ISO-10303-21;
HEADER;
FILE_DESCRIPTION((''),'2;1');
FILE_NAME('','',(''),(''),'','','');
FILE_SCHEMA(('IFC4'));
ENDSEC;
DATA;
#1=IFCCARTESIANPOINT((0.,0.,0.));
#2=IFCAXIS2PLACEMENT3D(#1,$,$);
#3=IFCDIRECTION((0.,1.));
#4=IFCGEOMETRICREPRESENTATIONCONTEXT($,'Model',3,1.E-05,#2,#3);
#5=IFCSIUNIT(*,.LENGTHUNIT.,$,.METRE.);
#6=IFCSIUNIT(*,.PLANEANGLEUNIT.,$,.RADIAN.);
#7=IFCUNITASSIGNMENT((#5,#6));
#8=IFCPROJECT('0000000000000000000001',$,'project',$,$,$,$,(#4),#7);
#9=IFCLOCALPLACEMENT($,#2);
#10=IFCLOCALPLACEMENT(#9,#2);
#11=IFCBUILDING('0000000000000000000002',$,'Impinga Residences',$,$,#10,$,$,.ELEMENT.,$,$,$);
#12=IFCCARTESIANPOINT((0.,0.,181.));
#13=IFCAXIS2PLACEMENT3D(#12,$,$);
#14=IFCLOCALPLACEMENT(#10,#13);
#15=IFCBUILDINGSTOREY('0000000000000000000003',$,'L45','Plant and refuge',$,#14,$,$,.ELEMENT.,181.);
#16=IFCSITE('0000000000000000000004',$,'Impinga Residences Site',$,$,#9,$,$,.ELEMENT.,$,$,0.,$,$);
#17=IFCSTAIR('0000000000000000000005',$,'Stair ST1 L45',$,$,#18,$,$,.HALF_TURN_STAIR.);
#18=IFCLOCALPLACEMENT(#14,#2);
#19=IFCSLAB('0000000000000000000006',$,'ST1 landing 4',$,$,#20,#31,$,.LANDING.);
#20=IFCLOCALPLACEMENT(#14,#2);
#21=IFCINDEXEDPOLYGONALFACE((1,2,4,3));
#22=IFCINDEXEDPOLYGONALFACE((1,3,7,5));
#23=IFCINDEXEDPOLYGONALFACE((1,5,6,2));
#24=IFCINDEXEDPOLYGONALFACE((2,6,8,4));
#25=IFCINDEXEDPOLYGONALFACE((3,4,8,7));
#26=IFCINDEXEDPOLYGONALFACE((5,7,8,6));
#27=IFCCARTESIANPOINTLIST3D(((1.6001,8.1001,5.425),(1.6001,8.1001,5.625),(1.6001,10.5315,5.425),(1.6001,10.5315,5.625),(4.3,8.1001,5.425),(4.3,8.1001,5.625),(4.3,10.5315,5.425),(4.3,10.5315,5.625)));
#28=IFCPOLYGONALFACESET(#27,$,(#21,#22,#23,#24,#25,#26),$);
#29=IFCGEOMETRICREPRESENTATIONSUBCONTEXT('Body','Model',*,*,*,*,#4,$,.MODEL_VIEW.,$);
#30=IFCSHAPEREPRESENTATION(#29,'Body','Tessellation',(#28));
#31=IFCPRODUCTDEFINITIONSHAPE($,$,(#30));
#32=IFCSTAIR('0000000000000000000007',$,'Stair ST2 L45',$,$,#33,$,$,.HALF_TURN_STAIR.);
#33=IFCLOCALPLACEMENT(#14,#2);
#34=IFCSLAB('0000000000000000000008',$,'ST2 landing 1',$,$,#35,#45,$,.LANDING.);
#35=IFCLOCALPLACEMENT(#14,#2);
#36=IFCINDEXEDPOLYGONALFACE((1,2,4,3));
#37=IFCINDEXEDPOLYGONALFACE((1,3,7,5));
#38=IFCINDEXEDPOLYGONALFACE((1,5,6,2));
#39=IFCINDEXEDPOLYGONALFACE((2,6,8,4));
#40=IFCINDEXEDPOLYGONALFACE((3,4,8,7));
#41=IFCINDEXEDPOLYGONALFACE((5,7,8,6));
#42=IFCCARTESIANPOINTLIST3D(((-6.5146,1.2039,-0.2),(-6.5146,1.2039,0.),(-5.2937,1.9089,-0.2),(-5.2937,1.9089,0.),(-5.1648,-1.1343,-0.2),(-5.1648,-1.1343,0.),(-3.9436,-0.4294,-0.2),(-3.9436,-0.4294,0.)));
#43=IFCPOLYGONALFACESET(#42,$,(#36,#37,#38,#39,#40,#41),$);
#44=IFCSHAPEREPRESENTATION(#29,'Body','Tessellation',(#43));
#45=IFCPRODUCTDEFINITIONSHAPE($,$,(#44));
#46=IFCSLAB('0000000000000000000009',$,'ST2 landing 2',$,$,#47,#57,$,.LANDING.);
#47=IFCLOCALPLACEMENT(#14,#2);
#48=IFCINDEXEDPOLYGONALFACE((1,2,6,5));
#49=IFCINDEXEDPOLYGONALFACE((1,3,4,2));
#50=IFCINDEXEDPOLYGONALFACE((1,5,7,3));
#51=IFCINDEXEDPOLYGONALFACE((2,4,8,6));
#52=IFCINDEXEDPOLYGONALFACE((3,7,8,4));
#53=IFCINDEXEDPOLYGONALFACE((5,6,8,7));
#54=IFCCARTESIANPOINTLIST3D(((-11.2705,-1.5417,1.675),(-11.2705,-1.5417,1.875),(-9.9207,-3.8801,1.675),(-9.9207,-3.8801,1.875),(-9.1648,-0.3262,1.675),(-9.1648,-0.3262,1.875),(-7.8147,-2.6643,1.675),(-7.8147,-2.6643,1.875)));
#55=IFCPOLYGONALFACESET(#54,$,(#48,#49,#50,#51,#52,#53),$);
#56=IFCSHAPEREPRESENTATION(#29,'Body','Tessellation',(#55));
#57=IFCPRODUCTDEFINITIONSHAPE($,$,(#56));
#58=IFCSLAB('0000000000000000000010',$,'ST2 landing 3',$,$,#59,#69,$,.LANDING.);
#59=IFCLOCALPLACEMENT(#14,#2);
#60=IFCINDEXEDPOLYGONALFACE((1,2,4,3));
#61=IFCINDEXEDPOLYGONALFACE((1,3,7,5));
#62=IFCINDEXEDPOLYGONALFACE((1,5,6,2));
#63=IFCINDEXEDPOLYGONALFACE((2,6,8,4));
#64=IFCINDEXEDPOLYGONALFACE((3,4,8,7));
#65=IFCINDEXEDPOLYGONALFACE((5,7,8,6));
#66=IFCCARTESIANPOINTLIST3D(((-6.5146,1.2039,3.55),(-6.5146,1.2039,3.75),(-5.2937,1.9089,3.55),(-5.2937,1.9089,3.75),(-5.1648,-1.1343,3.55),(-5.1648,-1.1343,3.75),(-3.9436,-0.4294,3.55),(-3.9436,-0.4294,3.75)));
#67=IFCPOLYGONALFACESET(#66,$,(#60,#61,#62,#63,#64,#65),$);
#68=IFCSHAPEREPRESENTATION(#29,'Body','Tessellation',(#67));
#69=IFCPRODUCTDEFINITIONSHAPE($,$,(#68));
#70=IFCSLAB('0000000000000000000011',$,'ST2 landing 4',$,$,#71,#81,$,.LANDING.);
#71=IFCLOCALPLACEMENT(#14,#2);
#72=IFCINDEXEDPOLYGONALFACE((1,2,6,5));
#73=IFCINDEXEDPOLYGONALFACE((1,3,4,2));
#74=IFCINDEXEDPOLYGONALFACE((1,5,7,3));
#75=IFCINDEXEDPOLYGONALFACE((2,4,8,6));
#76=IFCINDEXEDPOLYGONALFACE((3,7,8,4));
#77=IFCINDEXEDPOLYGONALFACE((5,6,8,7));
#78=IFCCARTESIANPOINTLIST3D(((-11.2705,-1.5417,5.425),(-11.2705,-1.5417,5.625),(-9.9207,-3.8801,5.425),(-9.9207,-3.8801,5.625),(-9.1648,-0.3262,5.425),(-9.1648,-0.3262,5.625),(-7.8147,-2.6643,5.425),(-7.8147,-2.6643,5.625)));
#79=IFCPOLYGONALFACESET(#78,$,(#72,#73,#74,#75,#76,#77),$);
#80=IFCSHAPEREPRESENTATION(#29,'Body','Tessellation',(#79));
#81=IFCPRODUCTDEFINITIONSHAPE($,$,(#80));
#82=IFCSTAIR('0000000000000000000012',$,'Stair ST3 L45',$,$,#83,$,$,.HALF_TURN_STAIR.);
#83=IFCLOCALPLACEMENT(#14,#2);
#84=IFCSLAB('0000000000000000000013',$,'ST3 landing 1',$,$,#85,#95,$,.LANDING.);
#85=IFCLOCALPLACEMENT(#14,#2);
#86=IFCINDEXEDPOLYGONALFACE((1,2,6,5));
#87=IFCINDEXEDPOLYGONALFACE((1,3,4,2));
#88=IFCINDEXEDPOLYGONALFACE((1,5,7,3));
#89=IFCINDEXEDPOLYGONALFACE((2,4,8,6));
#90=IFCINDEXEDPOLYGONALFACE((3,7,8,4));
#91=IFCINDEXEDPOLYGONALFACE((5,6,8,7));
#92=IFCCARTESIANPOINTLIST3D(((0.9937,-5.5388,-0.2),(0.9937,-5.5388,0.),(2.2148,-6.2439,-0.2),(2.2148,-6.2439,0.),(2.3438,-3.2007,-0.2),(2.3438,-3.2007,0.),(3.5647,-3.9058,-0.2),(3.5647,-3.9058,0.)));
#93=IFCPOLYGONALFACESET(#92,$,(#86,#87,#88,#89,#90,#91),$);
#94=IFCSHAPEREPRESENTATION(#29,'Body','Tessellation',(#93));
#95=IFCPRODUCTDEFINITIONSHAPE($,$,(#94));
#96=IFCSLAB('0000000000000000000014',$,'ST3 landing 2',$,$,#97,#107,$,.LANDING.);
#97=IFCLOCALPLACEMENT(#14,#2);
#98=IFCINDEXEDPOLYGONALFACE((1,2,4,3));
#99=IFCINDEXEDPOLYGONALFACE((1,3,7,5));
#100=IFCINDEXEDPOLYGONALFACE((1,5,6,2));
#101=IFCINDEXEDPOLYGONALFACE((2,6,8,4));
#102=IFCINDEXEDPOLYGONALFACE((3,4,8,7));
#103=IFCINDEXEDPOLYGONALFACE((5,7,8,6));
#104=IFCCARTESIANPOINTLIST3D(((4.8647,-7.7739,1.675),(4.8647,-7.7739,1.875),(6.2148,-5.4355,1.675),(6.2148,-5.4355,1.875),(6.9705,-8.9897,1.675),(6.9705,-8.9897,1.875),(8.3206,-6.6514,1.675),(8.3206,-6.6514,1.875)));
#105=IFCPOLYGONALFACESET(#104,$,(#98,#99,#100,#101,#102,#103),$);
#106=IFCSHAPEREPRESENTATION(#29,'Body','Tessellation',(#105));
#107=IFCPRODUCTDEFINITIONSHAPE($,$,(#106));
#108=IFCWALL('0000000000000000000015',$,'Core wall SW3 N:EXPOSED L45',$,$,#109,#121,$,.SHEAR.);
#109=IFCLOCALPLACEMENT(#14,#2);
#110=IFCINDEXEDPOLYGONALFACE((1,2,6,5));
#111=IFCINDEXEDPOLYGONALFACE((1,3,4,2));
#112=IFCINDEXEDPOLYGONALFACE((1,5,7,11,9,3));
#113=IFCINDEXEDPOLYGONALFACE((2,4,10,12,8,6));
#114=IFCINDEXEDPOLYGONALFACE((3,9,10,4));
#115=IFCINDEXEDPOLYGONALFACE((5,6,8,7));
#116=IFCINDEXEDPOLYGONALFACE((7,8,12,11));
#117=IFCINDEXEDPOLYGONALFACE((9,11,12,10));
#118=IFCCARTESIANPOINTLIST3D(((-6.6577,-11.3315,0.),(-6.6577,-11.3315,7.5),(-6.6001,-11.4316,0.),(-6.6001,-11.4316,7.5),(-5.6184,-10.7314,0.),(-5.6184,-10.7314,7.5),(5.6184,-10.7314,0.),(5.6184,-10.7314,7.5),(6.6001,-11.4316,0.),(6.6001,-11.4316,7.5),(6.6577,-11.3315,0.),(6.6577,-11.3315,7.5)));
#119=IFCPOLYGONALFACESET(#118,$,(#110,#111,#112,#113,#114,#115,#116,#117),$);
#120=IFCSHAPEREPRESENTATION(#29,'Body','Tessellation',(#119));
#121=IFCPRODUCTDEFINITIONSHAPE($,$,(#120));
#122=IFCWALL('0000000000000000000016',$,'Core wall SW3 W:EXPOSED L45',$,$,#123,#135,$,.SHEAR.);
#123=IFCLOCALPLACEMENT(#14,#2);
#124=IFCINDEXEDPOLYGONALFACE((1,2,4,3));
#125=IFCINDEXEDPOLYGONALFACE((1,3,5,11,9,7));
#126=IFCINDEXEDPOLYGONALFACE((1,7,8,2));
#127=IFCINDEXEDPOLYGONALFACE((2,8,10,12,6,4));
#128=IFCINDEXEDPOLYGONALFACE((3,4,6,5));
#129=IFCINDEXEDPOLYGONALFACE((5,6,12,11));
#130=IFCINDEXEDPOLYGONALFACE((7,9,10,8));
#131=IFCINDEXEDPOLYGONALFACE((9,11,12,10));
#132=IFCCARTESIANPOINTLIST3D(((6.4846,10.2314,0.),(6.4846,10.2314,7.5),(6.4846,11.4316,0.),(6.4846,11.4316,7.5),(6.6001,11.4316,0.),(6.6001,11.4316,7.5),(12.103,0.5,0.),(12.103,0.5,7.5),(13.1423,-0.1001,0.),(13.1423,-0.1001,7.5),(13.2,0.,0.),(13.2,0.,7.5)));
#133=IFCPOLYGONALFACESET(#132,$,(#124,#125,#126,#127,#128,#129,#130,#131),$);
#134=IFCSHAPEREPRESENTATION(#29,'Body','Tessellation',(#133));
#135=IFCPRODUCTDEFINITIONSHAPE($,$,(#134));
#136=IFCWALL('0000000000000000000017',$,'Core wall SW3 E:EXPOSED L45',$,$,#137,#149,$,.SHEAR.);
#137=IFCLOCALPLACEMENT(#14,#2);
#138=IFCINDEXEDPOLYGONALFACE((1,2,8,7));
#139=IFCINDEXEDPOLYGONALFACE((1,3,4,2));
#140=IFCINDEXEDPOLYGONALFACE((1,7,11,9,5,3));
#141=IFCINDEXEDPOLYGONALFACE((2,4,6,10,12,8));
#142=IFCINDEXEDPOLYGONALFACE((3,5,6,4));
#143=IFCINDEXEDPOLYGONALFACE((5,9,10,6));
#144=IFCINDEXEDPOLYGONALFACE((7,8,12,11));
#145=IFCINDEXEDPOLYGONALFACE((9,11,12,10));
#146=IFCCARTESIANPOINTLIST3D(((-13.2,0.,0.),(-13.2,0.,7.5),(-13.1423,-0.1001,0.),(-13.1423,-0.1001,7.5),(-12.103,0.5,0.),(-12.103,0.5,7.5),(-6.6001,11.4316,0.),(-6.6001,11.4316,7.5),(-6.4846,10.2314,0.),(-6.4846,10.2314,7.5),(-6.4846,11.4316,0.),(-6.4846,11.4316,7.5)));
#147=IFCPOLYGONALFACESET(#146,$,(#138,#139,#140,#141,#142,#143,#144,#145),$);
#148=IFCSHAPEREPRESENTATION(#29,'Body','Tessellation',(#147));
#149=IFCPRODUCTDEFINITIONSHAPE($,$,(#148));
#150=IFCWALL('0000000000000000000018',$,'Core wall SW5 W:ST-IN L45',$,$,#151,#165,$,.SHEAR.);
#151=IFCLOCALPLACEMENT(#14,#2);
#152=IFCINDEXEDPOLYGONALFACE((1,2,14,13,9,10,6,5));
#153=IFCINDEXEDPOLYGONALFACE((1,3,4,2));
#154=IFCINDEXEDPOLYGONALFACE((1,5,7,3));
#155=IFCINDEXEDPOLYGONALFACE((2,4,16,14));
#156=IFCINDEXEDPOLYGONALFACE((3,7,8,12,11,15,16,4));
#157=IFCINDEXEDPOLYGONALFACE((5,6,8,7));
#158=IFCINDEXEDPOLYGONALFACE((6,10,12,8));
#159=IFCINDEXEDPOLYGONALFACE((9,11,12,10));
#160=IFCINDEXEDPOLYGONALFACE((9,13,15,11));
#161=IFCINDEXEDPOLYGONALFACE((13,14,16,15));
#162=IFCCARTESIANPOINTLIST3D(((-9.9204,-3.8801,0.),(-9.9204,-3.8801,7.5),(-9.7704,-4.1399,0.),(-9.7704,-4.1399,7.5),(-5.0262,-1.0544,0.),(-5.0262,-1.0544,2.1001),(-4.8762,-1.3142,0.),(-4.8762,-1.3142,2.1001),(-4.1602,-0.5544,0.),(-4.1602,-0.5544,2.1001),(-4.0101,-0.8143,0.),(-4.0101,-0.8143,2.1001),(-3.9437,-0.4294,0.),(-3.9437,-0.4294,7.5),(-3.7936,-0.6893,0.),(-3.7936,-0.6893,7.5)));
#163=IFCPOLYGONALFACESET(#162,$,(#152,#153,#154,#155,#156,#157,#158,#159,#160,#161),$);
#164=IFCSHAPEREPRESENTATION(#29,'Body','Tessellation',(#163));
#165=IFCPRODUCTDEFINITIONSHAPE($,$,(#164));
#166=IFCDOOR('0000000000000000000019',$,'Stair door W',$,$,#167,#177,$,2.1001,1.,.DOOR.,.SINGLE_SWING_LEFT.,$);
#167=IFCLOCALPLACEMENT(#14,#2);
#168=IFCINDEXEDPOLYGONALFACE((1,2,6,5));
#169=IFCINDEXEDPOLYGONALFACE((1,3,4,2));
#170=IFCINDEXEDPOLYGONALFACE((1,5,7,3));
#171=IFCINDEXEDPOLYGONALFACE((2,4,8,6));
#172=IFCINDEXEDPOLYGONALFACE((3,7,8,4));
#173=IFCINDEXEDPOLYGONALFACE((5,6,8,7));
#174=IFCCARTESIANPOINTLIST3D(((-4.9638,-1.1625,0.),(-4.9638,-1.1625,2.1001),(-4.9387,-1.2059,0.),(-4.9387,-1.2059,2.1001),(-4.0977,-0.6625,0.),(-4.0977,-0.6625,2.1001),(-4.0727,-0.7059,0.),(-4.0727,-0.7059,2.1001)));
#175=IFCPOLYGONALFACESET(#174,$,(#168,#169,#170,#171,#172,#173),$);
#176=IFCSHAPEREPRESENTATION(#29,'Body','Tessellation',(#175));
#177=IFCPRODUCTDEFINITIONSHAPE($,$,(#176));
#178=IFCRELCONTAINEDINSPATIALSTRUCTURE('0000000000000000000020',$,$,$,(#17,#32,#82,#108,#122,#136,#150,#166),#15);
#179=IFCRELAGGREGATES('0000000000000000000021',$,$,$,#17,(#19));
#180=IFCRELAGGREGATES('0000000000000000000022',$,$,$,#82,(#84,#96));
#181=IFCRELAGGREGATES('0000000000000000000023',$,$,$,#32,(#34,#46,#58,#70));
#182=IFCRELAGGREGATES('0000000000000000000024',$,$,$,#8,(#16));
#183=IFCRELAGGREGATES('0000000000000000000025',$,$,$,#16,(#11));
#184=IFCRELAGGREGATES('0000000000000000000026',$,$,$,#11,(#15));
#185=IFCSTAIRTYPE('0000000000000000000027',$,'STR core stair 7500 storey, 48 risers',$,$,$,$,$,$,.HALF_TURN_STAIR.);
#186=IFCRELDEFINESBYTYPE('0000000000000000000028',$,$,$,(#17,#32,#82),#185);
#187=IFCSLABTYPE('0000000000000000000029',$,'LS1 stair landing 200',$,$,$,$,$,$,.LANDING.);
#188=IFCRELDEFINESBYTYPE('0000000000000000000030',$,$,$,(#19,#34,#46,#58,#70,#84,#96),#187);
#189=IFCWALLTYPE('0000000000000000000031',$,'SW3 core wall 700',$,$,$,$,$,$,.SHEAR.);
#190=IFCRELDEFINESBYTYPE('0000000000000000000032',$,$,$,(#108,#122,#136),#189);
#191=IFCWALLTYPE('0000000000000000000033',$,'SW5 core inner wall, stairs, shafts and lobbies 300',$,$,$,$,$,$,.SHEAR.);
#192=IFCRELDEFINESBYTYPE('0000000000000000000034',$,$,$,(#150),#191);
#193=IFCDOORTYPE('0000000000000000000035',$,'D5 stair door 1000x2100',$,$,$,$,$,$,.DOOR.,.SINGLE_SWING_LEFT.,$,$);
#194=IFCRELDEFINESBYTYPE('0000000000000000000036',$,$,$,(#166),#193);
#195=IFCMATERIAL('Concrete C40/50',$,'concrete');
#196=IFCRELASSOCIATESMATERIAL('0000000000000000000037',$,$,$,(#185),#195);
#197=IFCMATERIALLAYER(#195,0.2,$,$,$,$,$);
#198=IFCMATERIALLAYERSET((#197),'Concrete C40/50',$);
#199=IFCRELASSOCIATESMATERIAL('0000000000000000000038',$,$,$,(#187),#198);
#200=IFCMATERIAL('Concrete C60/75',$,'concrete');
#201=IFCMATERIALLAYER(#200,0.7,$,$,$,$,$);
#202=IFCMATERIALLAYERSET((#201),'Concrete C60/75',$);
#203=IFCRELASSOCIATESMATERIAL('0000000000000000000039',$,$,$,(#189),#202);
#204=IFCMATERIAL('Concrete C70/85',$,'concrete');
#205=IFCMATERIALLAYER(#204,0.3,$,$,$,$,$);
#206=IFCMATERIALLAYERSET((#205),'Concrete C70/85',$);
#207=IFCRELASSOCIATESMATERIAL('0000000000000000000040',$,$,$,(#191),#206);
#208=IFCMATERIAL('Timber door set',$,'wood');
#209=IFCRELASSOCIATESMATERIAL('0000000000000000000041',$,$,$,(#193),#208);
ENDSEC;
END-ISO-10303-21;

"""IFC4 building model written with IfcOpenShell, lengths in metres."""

from ifc_helpers import new_model, si_unit, direction, frame, frame_2d, origin, place, context, subcontext, project, spatial, polyline, rectangle, outline, extrude, material, layer, layer_set, type_object, element, fill, aggregate, save


model = new_model("IFC4")

# Units and contexts
model_context = context("Model", 3, precision=1e-05, world=origin(), true_north=direction((0.0, 1.0)))
body_context = subcontext(model_context, "Body", "Model", "MODEL_VIEW")
ifc_project = project(units=[si_unit("LENGTHUNIT", "METRE"), si_unit("PLANEANGLEUNIT", "RADIAN")], contexts=[model_context])

# Site, building, storey
site_placement = place(None, origin())
site = spatial("IfcSite", under=ifc_project, at=site_placement, Name="Impinga Residences Site", CompositionType="ELEMENT", RefElevation=0.0)
building_placement = place(site_placement, origin())
building = spatial("IfcBuilding", under=site, at=building_placement, Name="Impinga Residences", CompositionType="ELEMENT")
storey_placement = place(building_placement, frame((0.0, 0.0, 181.0)))
storey = spatial("IfcBuildingStorey", under=building, at=storey_placement, Name="L45", Description="Plant and refuge", CompositionType="ELEMENT", Elevation=181.0)

# Shared definitions
ifc_material_1 = material(Name="Concrete C60/75", Category="concrete")

# Stairs, slabs
ifc_material_2 = material(Name="Concrete C40/50", Category="concrete")
stair_type = type_object("IfcStairType", Name="STR core stair 7500 storey, 48 risers", PredefinedType="HALF_TURN_STAIR", material=ifc_material_2)
stair_1_placement = place(storey_placement, origin())
stair_1 = element("IfcStair", 1, at=stair_1_placement, inside=storey, type_object=stair_type, Name="Stair ST1 L45", PredefinedType="HALF_TURN_STAIR")
ifc_layer_1 = layer(ifc_material_2, 0.2)
ifc_layer_set_1 = layer_set([ifc_layer_1], Name="Concrete C40/50")
slab_type_1 = type_object("IfcSlabType", Name="LS1 stair landing 200", PredefinedType="LANDING", material=ifc_layer_set_1)
slab_1_placement = place(storey_placement, frame((0.0, 0.0, 5.425)))
slab_1 = element("IfcSlab", 2, at=slab_1_placement, type_object=slab_type_1, Name="ST1 landing 4", PredefinedType="LANDING", context=body_context, shape_type="SweptSolid", body=[
    extrude(outline(polyline([(1.6001, 8.1001), (4.3, 8.1001), (4.3, 10.5315), (1.6001, 10.5315), (1.6001, 8.1001)])), origin(), (0.0, 0.0, 1.0), 0.2),
])
aggregate(stair_1, [slab_1])
stair_2_placement = place(storey_placement, origin())
stair_2 = element("IfcStair", 3, at=stair_2_placement, inside=storey, type_object=stair_type, Name="Stair ST2 L45", PredefinedType="HALF_TURN_STAIR")
slab_2_placement = place(storey_placement, frame((0.0, 0.0, -0.2)))
slab_2 = element("IfcSlab", 4, at=slab_2_placement, type_object=slab_type_1, Name="ST2 landing 1", PredefinedType="LANDING", context=body_context, shape_type="SweptSolid", body=[
    extrude(outline(polyline([(-3.9436, -0.4294), (-5.2937, 1.9089), (-6.5146, 1.2039), (-5.1648, -1.1343), (-3.9436, -0.4294)])), origin(), (0.0, 0.0, 1.0), 0.2),
])
slab_3_placement = place(storey_placement, frame((0.0, 0.0, 1.675)))
slab_3 = element("IfcSlab", 5, at=slab_3_placement, type_object=slab_type_1, Name="ST2 landing 2", PredefinedType="LANDING", context=body_context, shape_type="SweptSolid", body=[
    extrude(outline(polyline([(-7.8147, -2.6643), (-9.1648, -0.3262), (-11.2705, -1.5417), (-9.9207, -3.8801), (-7.8147, -2.6643)])), origin(), (0.0, 0.0, 1.0), 0.2),
])
slab_4_placement = place(storey_placement, frame((0.0, 0.0, 3.55)))
slab_4 = element("IfcSlab", 6, at=slab_4_placement, type_object=slab_type_1, Name="ST2 landing 3", PredefinedType="LANDING", context=body_context, shape_type="SweptSolid", body=[
    extrude(outline(polyline([(-3.9436, -0.4294), (-5.2937, 1.9089), (-6.5146, 1.2039), (-5.1648, -1.1343), (-3.9436, -0.4294)])), origin(), (0.0, 0.0, 1.0), 0.2),
])
slab_5_placement = place(storey_placement, frame((0.0, 0.0, 5.425)))
slab_5 = element("IfcSlab", 7, at=slab_5_placement, type_object=slab_type_1, Name="ST2 landing 4", PredefinedType="LANDING", context=body_context, shape_type="SweptSolid", body=[
    extrude(outline(polyline([(-7.8147, -2.6643), (-9.1648, -0.3262), (-11.2705, -1.5417), (-9.9207, -3.8801), (-7.8147, -2.6643)])), origin(), (0.0, 0.0, 1.0), 0.2),
])
stair_3_placement = place(storey_placement, origin())
stair_3 = element("IfcStair", 8, at=stair_3_placement, inside=storey, type_object=stair_type, Name="Stair ST3 L45", PredefinedType="HALF_TURN_STAIR")
slab_6_placement = place(storey_placement, frame((0.0, 0.0, -0.2)))
slab_6 = element("IfcSlab", 9, at=slab_6_placement, type_object=slab_type_1, Name="ST3 landing 1", PredefinedType="LANDING", context=body_context, shape_type="SweptSolid", body=[
    extrude(outline(polyline([(2.3438, -3.2007), (0.9937, -5.5388), (2.2148, -6.2439), (3.5647, -3.9058), (2.3438, -3.2007)])), origin(), (0.0, 0.0, 1.0), 0.2),
])
slab_7_placement = place(storey_placement, frame((0.0, 0.0, 1.675)))
slab_7 = element("IfcSlab", 10, at=slab_7_placement, type_object=slab_type_1, Name="ST3 landing 2", PredefinedType="LANDING", context=body_context, shape_type="SweptSolid", body=[
    extrude(outline(polyline([(6.2148, -5.4355), (4.8647, -7.7739), (6.9705, -8.9897), (8.3206, -6.6514), (6.2148, -5.4355)])), origin(), (0.0, 0.0, 1.0), 0.2),
])
aggregate(stair_3, [slab_6, slab_7])

# Walls
ifc_layer_2 = layer(ifc_material_1, 0.7)
ifc_layer_set_2 = layer_set([ifc_layer_2], Name="Concrete C60/75")
wall_type_1 = type_object("IfcWallType", Name="SW3 core wall 700", PredefinedType="SHEAR", material=ifc_layer_set_2)
wall_1_placement = place(storey_placement, origin())
element("IfcWall", 11, at=wall_1_placement, inside=storey, type_object=wall_type_1, Name="Core wall SW3 N:EXPOSED L45", PredefinedType="SHEAR", context=body_context, shape_type="SweptSolid", body=[
    extrude(outline(polyline([(-6.6001, -11.4316), (6.6001, -11.4316), (6.6577, -11.3315), (5.6184, -10.7314), (-5.6184, -10.7314), (-6.6577, -11.3315), (-6.6001, -11.4316)])), origin(), (0.0, 0.0, 1.0), 7.5),
])
wall_2_placement = place(storey_placement, origin())
element("IfcWall", 12, at=wall_2_placement, inside=storey, type_object=wall_type_1, Name="Core wall SW3 W:EXPOSED L45", PredefinedType="SHEAR", context=body_context, shape_type="SweptSolid", body=[
    extrude(outline(polyline([(13.2, 0.0), (6.6001, 11.4316), (6.4846, 11.4316), (6.4846, 10.2314), (12.103, 0.5), (13.1423, -0.1001), (13.2, 0.0)])), origin(), (0.0, 0.0, 1.0), 7.5),
])
wall_3_placement = place(storey_placement, origin())
element("IfcWall", 13, at=wall_3_placement, inside=storey, type_object=wall_type_1, Name="Core wall SW3 E:EXPOSED L45", PredefinedType="SHEAR", context=body_context, shape_type="SweptSolid", body=[
    extrude(outline(polyline([(-6.6001, 11.4316), (-13.2, 0.0), (-13.1423, -0.1001), (-12.103, 0.5), (-6.4846, 10.2314), (-6.4846, 11.4316), (-6.6001, 11.4316)])), origin(), (0.0, 0.0, 1.0), 7.5),
])

# Wall, opening, door
ifc_material_3 = material(Name="Concrete C70/85", Category="concrete")
ifc_layer_3 = layer(ifc_material_3, 0.3)
ifc_layer_set_3 = layer_set([ifc_layer_3], Name="Concrete C70/85")
wall_type_2 = type_object("IfcWallType", Name="SW5 core inner wall, stairs, shafts and lobbies 300", PredefinedType="SHEAR", material=ifc_layer_set_3)
wall_4_placement = place(storey_placement, frame((-3.8687, -0.5593, 0.0), z_axis=(0.0, 0.0, 1.0), x_axis=(-0.866027, -0.499997, 0.0)))
wall_4 = element("IfcWall", 14, at=wall_4_placement, inside=storey, type_object=wall_type_2, Name="Core wall SW5 W:ST-IN L45", PredefinedType="SHEAR", context=body_context, shape_type="SweptSolid", body=[
    extrude(rectangle(XDim=6.9014, YDim=0.3, at=frame_2d((3.4507, 0.0))), origin(), (0.0, 0.0, 1.0), 7.5),
])
opening_placement = place(wall_4_placement, frame((0.25, 0.0, 0.0)))
opening = element("IfcOpeningElement", 15, at=opening_placement, cuts=wall_4, PredefinedType="OPENING", context=body_context, shape_type="SweptSolid", body=[
    extrude(rectangle(XDim=1.0, YDim=2.1001, at=frame_2d((0.5, 1.05))), frame((0.0, 0.1599, 0.0), z_axis=(0.0, -1.0, 0.0), x_axis=(1.0, 0.0, 0.0)), (0.0, 0.0, 1.0), 0.3201),
])
ifc_material_4 = material(Name="Timber door set", Category="wood")
door_type = type_object("IfcDoorType", Name="D5 stair door 1000x2100", OperationType="SINGLE_SWING_LEFT", PredefinedType="DOOR", material=ifc_material_4)
door_placement = place(opening_placement, origin())
door = element("IfcDoor", 16, at=door_placement, inside=storey, type_object=door_type, Name="Stair door W", OperationType="SINGLE_SWING_LEFT", OverallHeight=2.1001, OverallWidth=1.0, PredefinedType="DOOR", context=body_context, shape_type="SweptSolid", body=[
    extrude(rectangle(XDim=1.0, YDim=2.1001, at=frame_2d((0.5, 1.05))), frame((0.0, 0.0249, 0.0), z_axis=(0.0, -1.0, 0.0), x_axis=(1.0, 0.0, 0.0)), (0.0, 0.0, 1.0), 0.05),
])
fill(opening, door)

aggregate(stair_2, [slab_2, slab_3, slab_4, slab_5])

save(model, "model.ifc")
